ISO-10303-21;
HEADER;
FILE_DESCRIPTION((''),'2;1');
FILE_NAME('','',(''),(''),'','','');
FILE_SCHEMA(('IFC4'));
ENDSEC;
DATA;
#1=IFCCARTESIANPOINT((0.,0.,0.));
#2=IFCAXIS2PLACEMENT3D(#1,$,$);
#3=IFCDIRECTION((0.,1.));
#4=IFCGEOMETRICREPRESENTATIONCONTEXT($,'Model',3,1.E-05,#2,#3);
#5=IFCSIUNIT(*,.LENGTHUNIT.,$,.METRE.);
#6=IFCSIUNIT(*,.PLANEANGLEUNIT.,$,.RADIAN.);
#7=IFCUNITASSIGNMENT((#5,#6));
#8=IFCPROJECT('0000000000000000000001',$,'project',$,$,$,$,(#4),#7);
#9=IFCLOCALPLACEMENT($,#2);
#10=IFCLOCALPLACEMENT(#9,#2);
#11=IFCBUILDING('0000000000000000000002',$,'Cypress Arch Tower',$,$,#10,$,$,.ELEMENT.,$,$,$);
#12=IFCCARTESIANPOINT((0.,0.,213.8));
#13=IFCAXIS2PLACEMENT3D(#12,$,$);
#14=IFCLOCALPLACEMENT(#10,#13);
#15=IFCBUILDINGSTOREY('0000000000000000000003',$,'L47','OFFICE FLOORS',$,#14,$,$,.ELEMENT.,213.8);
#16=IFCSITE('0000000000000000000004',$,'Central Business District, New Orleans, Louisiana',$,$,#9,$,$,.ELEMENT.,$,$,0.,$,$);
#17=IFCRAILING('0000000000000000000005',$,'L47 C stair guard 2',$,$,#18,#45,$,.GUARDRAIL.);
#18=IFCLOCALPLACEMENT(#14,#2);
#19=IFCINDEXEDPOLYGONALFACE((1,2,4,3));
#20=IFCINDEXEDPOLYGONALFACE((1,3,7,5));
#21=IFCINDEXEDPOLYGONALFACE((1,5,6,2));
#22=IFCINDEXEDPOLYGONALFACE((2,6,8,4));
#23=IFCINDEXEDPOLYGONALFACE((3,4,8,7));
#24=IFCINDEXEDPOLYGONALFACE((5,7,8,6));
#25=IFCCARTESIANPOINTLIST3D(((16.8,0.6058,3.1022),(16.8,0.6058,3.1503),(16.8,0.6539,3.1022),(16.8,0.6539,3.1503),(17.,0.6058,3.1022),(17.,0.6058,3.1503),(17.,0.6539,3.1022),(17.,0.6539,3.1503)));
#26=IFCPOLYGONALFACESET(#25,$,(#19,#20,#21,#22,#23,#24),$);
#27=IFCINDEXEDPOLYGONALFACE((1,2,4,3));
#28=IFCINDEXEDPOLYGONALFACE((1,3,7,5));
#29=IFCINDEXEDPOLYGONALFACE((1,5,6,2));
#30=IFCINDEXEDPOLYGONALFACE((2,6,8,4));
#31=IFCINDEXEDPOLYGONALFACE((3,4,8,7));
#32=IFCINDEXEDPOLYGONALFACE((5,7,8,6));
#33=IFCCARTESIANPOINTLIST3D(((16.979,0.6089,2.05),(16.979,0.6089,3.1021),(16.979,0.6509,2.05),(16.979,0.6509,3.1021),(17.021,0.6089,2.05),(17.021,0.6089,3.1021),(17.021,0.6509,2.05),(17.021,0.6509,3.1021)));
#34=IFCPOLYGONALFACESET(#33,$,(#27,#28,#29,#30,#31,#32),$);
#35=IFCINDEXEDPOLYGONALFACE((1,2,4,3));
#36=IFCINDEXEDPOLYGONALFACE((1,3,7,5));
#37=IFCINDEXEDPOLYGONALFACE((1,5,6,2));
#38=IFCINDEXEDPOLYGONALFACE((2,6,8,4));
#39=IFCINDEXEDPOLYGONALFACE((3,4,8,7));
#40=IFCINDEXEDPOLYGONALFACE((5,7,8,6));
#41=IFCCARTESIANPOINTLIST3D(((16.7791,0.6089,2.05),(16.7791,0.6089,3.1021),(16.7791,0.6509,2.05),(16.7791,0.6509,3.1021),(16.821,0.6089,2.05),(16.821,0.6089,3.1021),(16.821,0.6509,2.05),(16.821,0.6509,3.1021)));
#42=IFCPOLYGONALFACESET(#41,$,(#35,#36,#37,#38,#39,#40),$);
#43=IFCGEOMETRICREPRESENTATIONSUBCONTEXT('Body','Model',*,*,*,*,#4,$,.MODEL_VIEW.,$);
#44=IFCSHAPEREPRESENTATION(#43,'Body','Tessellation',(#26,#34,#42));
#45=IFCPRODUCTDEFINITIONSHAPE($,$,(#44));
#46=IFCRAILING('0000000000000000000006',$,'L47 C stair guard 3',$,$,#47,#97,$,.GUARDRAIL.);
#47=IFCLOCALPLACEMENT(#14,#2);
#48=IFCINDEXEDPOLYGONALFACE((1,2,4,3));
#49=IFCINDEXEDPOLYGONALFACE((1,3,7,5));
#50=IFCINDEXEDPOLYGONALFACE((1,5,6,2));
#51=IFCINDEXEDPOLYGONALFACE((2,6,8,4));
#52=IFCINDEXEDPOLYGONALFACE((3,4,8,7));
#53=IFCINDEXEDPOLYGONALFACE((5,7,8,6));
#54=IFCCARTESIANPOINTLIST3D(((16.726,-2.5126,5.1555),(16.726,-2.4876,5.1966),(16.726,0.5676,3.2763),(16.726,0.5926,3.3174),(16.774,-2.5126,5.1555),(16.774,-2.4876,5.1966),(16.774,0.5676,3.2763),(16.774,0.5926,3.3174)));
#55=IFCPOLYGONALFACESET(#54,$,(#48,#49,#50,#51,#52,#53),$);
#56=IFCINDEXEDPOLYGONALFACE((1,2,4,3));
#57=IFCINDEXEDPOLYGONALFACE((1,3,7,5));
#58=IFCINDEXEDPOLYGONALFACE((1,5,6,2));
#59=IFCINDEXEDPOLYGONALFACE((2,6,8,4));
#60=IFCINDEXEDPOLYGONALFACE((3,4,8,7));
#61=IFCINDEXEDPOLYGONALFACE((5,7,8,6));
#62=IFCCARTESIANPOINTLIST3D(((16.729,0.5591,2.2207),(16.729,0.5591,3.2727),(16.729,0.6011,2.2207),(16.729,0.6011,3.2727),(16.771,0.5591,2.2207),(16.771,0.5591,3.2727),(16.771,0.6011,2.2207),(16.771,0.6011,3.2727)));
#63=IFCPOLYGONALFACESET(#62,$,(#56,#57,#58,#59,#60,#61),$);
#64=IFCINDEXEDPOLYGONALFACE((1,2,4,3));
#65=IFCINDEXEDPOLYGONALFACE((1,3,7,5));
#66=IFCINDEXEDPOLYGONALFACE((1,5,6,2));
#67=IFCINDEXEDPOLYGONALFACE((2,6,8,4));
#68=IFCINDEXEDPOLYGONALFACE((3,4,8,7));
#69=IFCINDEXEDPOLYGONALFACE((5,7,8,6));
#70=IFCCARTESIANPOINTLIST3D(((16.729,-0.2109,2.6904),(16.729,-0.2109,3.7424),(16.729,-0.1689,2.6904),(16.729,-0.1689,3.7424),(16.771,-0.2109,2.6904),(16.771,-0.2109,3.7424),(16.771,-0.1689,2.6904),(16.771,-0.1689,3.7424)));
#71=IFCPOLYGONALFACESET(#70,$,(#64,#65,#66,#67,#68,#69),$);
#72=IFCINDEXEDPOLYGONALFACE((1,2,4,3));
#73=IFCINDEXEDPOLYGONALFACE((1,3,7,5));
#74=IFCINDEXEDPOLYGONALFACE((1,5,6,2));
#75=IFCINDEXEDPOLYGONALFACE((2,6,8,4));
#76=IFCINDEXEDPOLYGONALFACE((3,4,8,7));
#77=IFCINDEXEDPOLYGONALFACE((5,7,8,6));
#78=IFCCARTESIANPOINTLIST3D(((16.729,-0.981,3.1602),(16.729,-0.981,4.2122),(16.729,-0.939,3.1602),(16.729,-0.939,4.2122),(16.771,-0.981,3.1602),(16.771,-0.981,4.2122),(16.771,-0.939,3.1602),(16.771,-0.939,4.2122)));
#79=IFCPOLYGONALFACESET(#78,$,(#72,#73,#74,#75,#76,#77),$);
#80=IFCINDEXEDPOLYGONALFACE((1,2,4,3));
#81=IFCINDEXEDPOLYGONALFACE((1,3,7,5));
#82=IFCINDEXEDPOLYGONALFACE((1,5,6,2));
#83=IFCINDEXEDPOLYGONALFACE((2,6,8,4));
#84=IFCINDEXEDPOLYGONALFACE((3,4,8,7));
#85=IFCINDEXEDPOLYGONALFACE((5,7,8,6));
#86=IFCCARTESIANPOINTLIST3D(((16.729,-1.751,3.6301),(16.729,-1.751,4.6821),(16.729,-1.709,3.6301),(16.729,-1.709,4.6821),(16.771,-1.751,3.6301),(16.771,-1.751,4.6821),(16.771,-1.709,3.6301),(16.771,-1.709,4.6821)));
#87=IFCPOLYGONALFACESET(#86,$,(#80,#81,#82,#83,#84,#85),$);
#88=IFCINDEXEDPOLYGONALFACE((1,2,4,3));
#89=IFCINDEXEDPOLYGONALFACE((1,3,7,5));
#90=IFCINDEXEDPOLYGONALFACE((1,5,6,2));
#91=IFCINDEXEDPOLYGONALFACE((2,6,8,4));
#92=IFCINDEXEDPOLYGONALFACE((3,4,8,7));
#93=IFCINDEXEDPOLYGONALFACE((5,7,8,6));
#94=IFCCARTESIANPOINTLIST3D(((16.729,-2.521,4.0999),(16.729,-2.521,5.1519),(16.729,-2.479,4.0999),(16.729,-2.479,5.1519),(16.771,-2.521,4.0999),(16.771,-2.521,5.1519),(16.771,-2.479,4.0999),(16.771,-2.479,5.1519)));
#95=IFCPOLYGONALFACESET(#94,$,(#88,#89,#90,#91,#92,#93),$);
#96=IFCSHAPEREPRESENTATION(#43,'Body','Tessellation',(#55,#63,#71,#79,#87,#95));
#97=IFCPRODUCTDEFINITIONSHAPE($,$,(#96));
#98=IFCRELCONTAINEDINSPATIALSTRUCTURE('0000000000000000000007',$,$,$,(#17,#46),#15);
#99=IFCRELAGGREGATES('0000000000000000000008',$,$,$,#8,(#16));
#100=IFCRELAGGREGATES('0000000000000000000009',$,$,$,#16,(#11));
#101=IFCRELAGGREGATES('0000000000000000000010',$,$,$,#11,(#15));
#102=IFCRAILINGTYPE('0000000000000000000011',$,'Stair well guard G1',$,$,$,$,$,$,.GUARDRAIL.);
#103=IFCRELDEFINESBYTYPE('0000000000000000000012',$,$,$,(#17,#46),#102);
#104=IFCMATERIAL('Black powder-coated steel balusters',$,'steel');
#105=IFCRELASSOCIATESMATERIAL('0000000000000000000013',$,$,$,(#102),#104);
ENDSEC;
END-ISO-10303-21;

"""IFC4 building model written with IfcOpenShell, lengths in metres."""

from ifc_helpers import new_model, si_unit, direction, frame, origin, origin_2d, place, context, subcontext, project, spatial, rectangle, extrude, material, type_object, element, save


model = new_model("IFC4")

# Units and contexts
model_context = context("Model", 3, precision=1e-05, world=origin(), true_north=direction((0.0, 1.0)))
body_context = subcontext(model_context, "Body", "Model", "MODEL_VIEW")
ifc_project = project(units=[si_unit("LENGTHUNIT", "METRE"), si_unit("PLANEANGLEUNIT", "RADIAN")], contexts=[model_context])

# Site, building, storey
site_placement = place(None, origin())
site = spatial("IfcSite", under=ifc_project, at=site_placement, Name="Central Business District, New Orleans, Louisiana", CompositionType="ELEMENT", RefElevation=0.0)
building_placement = place(site_placement, origin())
building = spatial("IfcBuilding", under=site, at=building_placement, Name="Cypress Arch Tower", CompositionType="ELEMENT")
storey_placement = place(building_placement, frame((0.0, 0.0, 213.8)))
storey = spatial("IfcBuildingStorey", under=building, at=storey_placement, Name="L47", Description="OFFICE FLOORS", CompositionType="ELEMENT", Elevation=213.8)

# Railings
ifc_material_1 = material(Name="Black powder-coated steel balusters", Category="steel")
railing_type_1 = type_object("IfcRailingType", Name="Stair well guard G1", PredefinedType="GUARDRAIL", material=ifc_material_1)
railing_1_placement = place(storey_placement, frame((17.0, 0.6299, 2.05)))
element("IfcRailing", 1, at=railing_1_placement, inside=storey, type_object=railing_type_1, Name="L47 C stair guard 2", PredefinedType="GUARDRAIL", context=body_context, shape_type="SweptSolid", body=[
    extrude(rectangle(XDim=0.0481, YDim=0.0481, at=origin_2d()), frame((0.0, 0.0, 1.0762), z_axis=(-1.0, 0.0, 0.0), x_axis=(0.0, -1.0, 0.0)), (0.0, 0.0, 1.0), 0.2),
    extrude(rectangle(XDim=0.042, YDim=0.042, at=origin_2d()), origin(), (0.0, 0.0, 1.0), 1.052),
    extrude(rectangle(XDim=0.042, YDim=0.042, at=origin_2d()), frame((-0.2, 0.0, 0.0)), (0.0, 0.0, 1.0), 1.052),
])
railing_2_placement = place(storey_placement, frame((16.75, 0.5801, 2.2207)))
element("IfcRailing", 2, at=railing_2_placement, inside=storey, type_object=railing_type_1, Name="L47 C stair guard 3", PredefinedType="GUARDRAIL", context=body_context, shape_type="SweptSolid", body=[
    extrude(rectangle(XDim=0.0481, YDim=0.0481, at=origin_2d()), frame((0.0, 0.0, 1.0762), z_axis=(0.0, -0.853666, 0.52082), x_axis=(1.0, 0.0, 0.0)), (0.0, 0.0, 1.0), 3.6082),
    extrude(rectangle(XDim=0.042, YDim=0.042, at=origin_2d()), origin(), (0.0, 0.0, 1.0), 1.052),
    extrude(rectangle(XDim=0.042, YDim=0.042, at=origin_2d()), frame((0.0, -0.77, 0.4697)), (0.0, 0.0, 1.0), 1.052),
    extrude(rectangle(XDim=0.042, YDim=0.042, at=origin_2d()), frame((0.0, -1.54, 0.9395)), (0.0, 0.0, 1.0), 1.052),
    extrude(rectangle(XDim=0.042, YDim=0.042, at=origin_2d()), frame((0.0, -2.3101, 1.4094)), (0.0, 0.0, 1.0), 1.052),
    extrude(rectangle(XDim=0.042, YDim=0.042, at=origin_2d()), frame((0.0, -3.0801, 1.8792)), (0.0, 0.0, 1.0), 1.052),
])

save(model, "model.ifc")
